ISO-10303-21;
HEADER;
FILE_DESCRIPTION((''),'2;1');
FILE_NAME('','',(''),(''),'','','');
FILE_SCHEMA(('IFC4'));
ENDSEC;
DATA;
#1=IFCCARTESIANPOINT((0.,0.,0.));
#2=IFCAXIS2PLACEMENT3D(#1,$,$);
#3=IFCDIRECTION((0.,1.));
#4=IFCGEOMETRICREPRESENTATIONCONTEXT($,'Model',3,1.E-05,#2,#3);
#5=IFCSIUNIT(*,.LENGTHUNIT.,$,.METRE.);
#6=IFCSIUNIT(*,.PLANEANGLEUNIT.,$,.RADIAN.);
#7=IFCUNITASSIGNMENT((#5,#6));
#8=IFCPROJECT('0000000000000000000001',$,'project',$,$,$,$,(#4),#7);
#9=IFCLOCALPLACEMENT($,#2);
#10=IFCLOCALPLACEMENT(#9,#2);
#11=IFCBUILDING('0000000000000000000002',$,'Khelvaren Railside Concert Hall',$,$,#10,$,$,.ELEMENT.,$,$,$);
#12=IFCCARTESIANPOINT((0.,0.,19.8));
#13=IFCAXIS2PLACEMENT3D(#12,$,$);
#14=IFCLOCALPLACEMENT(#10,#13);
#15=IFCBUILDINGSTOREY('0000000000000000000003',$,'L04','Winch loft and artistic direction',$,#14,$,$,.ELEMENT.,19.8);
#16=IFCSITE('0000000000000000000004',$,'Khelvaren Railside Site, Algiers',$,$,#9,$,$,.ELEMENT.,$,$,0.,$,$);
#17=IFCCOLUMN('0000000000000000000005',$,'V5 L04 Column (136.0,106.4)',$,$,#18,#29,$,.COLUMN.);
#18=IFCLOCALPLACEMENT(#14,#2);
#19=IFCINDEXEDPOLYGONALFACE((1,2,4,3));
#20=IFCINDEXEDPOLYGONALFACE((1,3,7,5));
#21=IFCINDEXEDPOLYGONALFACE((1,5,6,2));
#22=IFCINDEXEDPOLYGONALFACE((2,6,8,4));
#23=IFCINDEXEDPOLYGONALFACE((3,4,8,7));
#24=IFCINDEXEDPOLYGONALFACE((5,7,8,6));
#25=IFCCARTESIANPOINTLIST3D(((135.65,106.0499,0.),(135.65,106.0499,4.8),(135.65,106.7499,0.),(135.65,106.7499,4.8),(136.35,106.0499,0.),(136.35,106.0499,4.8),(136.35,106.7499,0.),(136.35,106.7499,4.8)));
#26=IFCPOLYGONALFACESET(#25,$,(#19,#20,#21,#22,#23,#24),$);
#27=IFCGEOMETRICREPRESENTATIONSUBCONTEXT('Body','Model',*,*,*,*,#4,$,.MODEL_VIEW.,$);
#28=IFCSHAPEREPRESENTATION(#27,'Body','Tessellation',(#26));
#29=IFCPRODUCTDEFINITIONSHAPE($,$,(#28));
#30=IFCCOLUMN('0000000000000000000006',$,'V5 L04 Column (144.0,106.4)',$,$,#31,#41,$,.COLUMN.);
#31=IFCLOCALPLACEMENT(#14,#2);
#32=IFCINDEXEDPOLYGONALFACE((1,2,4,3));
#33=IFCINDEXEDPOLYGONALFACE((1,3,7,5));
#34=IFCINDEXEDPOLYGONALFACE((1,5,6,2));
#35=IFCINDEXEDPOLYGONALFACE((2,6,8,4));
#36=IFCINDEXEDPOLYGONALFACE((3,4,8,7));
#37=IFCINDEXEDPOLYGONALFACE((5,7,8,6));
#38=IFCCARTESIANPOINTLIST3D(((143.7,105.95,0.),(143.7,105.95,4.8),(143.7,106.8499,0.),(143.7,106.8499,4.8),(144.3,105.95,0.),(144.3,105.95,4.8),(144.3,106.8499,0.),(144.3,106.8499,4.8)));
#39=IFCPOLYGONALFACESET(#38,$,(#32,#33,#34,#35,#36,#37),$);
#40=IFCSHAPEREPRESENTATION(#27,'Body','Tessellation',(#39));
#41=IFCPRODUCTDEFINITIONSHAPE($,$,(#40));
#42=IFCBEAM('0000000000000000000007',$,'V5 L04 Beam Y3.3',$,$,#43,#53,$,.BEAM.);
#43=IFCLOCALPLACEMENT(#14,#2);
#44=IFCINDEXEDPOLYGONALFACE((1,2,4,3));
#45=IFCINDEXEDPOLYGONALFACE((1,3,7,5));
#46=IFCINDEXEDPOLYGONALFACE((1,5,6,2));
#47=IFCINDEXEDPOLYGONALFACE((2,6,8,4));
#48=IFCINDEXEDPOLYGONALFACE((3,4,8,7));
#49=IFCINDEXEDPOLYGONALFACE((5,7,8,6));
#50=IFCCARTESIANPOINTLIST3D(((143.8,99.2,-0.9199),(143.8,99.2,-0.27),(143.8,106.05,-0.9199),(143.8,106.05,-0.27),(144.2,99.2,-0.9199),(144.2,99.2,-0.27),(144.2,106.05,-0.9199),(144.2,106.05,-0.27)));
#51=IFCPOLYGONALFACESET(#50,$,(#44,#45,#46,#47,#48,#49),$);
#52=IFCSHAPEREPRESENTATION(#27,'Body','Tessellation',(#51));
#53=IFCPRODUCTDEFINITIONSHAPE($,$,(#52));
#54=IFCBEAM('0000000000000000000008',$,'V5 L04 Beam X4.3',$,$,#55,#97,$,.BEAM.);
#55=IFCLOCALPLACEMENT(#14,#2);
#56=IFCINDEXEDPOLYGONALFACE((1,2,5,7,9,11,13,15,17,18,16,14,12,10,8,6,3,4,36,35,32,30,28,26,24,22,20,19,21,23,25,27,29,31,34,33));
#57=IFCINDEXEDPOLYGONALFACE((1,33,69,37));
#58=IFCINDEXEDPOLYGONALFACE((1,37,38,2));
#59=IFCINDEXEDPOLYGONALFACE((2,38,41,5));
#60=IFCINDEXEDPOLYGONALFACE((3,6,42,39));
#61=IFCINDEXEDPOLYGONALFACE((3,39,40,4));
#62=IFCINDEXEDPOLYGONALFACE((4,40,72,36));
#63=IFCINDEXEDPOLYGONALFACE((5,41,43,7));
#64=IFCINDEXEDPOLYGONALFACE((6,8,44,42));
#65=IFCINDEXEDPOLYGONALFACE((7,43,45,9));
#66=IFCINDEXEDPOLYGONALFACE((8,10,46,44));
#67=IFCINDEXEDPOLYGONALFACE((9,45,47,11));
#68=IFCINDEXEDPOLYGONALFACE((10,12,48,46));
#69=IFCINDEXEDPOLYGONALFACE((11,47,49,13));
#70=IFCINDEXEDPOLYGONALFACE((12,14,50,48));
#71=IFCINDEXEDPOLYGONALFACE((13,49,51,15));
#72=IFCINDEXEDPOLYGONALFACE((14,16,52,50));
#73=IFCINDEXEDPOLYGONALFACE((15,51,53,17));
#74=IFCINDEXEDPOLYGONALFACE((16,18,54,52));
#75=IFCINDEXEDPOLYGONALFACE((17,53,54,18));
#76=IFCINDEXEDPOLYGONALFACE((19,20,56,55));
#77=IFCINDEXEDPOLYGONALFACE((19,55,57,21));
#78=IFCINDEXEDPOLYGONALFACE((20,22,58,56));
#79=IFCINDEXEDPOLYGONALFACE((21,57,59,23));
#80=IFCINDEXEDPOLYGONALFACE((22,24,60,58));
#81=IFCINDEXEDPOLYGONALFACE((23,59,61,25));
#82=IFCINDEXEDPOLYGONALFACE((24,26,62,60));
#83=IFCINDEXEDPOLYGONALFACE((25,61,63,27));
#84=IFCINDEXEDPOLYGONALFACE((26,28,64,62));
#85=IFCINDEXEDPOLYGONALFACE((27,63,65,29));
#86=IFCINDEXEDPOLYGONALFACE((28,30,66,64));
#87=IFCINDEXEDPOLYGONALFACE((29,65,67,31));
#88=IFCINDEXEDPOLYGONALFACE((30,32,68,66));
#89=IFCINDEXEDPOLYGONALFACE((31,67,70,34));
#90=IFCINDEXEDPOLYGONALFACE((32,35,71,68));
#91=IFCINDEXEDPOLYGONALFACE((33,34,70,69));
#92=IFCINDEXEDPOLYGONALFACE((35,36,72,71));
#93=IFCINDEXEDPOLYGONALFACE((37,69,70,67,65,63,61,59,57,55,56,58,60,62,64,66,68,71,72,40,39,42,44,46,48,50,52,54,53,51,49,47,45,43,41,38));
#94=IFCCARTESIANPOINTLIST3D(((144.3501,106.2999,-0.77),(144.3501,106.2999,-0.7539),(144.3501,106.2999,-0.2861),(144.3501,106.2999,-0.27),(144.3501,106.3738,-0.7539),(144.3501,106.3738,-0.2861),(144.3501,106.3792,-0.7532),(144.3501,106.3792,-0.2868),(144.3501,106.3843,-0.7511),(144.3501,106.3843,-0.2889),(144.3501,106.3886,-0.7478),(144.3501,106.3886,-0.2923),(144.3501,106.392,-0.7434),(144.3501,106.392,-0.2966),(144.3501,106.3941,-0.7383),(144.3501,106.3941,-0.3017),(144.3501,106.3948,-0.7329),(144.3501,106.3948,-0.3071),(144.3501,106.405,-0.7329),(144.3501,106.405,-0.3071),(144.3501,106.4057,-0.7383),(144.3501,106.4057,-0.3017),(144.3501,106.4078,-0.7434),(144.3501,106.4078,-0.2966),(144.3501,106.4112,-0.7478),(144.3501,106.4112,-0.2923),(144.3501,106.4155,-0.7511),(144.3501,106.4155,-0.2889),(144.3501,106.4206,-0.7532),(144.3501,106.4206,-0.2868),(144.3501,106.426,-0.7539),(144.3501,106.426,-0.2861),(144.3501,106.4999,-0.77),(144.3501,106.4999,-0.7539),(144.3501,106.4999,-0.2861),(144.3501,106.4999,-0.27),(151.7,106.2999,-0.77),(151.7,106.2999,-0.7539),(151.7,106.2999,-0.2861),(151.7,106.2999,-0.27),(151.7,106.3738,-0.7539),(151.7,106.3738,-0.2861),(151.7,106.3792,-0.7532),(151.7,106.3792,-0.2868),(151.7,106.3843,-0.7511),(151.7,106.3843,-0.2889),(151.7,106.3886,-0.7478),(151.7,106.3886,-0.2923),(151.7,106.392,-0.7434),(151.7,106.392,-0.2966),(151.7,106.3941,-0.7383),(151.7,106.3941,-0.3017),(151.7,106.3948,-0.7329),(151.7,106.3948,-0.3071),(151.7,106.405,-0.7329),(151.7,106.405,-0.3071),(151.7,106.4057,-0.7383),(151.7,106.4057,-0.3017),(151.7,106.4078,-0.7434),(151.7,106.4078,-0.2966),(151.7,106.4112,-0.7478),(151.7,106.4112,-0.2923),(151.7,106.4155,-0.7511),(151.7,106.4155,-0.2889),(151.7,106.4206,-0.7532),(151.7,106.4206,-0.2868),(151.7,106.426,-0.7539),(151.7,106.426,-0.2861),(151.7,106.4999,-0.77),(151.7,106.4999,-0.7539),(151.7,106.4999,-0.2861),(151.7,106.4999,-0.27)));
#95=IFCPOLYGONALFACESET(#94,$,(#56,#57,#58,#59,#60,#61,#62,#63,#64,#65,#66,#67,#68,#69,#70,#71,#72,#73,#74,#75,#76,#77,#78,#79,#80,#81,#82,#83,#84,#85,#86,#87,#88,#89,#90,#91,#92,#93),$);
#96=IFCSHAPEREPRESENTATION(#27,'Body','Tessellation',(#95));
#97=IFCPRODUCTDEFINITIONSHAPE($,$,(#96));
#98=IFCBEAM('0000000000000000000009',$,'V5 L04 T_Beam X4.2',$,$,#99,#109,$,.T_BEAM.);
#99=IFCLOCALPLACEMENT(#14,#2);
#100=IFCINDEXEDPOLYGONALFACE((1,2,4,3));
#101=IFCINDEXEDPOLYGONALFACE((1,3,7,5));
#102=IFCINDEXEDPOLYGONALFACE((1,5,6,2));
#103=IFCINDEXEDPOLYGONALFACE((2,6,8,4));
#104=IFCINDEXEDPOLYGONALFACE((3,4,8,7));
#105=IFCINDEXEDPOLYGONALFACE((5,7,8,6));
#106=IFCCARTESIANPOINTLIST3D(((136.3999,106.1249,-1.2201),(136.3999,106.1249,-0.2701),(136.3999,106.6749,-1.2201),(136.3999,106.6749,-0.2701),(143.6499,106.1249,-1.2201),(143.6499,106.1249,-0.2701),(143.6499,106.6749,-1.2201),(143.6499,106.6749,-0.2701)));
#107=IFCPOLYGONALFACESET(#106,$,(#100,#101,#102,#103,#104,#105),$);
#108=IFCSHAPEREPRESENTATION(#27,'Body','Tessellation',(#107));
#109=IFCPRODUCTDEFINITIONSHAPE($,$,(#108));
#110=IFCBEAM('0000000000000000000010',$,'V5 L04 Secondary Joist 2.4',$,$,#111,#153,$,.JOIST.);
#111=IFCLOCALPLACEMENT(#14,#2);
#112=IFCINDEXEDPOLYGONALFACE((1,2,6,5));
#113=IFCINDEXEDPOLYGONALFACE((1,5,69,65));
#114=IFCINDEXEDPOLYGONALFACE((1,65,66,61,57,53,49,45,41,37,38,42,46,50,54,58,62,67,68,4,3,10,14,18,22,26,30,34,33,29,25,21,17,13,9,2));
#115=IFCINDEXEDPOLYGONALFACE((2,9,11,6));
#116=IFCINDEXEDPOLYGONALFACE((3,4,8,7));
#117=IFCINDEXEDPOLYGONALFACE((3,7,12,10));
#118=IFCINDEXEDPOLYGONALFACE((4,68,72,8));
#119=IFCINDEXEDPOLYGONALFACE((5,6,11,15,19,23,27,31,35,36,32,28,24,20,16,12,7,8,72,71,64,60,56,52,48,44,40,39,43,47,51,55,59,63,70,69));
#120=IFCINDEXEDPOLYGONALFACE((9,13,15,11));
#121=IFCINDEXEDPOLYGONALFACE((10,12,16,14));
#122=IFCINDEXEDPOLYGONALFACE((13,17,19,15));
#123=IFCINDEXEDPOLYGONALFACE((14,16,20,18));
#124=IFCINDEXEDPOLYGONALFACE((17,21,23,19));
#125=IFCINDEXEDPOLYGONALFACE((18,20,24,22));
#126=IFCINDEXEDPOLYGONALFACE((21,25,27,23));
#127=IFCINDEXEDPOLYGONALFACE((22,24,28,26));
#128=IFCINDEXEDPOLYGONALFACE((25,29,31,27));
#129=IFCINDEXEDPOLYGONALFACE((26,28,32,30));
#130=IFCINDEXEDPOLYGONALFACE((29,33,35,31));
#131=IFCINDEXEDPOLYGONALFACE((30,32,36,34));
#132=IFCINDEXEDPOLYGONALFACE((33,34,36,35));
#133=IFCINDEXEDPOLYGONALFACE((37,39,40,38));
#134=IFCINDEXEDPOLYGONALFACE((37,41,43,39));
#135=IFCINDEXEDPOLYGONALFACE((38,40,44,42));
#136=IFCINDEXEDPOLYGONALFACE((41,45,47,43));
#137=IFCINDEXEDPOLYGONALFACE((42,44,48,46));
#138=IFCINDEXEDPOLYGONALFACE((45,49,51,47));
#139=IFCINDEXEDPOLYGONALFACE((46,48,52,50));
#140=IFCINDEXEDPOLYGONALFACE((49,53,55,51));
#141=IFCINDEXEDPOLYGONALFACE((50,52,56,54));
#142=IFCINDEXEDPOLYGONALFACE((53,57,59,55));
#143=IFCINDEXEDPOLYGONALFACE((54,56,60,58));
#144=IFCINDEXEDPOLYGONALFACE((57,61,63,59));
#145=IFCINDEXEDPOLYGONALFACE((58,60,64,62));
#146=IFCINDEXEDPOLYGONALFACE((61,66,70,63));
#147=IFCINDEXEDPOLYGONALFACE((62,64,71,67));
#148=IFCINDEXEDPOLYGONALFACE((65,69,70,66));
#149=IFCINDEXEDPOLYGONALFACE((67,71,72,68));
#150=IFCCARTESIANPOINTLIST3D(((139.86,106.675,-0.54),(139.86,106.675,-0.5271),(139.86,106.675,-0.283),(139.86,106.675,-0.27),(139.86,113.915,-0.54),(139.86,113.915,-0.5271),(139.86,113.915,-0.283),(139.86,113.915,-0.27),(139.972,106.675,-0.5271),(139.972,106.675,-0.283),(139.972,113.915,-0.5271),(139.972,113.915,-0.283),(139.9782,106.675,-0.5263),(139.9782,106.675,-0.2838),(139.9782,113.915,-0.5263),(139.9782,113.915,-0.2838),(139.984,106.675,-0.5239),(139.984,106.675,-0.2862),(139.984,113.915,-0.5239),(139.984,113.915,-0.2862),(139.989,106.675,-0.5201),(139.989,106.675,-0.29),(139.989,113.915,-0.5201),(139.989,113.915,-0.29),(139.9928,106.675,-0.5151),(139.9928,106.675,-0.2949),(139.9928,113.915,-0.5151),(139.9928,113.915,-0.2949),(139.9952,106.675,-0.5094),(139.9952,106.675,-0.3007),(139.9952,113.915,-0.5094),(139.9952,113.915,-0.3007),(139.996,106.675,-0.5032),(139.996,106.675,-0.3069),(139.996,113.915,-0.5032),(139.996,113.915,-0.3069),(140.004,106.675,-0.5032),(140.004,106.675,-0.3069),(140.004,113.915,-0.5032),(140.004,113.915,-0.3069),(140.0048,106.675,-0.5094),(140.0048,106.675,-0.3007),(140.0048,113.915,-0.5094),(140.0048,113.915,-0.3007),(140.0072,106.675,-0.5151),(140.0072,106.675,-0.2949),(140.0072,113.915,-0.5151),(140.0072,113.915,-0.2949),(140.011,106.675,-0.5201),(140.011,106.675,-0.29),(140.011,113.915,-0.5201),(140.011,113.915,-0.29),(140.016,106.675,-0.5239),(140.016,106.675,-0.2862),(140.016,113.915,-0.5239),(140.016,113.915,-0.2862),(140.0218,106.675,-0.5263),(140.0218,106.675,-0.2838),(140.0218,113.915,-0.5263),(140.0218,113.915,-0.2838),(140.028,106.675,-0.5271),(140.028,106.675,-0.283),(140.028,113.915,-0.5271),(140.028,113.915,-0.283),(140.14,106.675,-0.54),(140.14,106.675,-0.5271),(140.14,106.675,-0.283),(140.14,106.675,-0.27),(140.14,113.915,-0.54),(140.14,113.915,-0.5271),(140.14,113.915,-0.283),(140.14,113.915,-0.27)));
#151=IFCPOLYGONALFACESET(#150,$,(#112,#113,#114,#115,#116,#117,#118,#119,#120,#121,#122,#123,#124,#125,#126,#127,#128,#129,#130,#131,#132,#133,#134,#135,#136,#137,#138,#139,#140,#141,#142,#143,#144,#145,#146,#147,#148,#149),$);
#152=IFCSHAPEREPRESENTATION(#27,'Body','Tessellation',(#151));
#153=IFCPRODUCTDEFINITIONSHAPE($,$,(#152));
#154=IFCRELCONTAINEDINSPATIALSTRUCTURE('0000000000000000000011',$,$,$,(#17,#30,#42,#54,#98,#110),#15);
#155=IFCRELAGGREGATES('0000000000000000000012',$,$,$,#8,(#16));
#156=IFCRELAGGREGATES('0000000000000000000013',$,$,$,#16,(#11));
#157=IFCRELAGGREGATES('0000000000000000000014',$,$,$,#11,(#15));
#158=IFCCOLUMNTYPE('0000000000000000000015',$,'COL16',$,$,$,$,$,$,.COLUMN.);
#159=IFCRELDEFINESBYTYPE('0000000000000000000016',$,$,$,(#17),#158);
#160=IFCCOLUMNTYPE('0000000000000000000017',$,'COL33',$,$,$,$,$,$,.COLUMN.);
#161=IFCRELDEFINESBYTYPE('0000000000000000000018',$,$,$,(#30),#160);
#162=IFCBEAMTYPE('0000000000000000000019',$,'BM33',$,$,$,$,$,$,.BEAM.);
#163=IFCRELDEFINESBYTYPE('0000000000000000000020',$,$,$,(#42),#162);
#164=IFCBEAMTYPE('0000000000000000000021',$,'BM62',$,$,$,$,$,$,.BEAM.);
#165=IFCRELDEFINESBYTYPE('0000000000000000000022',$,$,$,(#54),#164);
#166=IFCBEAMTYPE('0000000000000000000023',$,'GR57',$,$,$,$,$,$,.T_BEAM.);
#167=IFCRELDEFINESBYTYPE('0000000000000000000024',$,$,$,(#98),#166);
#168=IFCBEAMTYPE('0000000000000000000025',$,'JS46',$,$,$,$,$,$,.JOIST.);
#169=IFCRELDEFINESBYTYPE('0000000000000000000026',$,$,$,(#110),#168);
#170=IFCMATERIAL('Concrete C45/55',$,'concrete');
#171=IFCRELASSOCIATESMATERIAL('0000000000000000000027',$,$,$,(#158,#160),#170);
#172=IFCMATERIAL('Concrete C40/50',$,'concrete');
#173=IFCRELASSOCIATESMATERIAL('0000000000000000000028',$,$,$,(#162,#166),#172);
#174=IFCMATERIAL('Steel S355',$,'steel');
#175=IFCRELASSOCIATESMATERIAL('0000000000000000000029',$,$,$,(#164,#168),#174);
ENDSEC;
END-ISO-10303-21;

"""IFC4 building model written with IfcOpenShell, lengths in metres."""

from ifc_helpers import new_model, si_unit, direction, frame, origin, origin_2d, place, context, subcontext, project, spatial, rectangle, i_section, extrude, material, material_profile, profile_set, type_object, element, save


model = new_model("IFC4")

# Units and contexts
model_context = context("Model", 3, precision=1e-05, world=origin(), true_north=direction((0.0, 1.0)))
body_context = subcontext(model_context, "Body", "Model", "MODEL_VIEW")
ifc_project = project(units=[si_unit("LENGTHUNIT", "METRE"), si_unit("PLANEANGLEUNIT", "RADIAN")], contexts=[model_context])

# Site, building, storey
site_placement = place(None, origin())
site = spatial("IfcSite", under=ifc_project, at=site_placement, Name="Khelvaren Railside Site, Algiers", CompositionType="ELEMENT", RefElevation=0.0)
building_placement = place(site_placement, origin())
building = spatial("IfcBuilding", under=site, at=building_placement, Name="Khelvaren Railside Concert Hall", CompositionType="ELEMENT")
storey_placement = place(building_placement, frame((0.0, 0.0, 19.8)))
storey = spatial("IfcBuildingStorey", under=building, at=storey_placement, Name="L04", Description="Winch loft and artistic direction", CompositionType="ELEMENT", Elevation=19.8)

# Columns
ifc_material_1 = material(Name="Concrete C45/55", Category="concrete")
ifc_material_profile_1 = material_profile(ifc_material_1, rectangle(XDim=0.7, YDim=0.7, at=origin_2d()), Name="RC 700x700")
ifc_profile_set_1 = profile_set([ifc_material_profile_1], Name="Concrete C45/55")
column_type_1 = type_object("IfcColumnType", Name="COL16", PredefinedType="COLUMN", material=ifc_profile_set_1)
column_1_placement = place(storey_placement, frame((136.0, 106.3999, 0.0), z_axis=(0.0, 0.0, 1.0), x_axis=(1.0, 0.0, 0.0)))
element("IfcColumn", 1, at=column_1_placement, inside=storey, type_object=column_type_1, Name="V5 L04 Column (136.0,106.4)", PredefinedType="COLUMN", context=body_context, shape_type="SweptSolid", body=[
    extrude(rectangle(XDim=0.7, YDim=0.7, at=origin_2d()), origin(), (0.0, 0.0, 1.0), 4.8),
])
ifc_material_profile_2 = material_profile(ifc_material_1, rectangle(XDim=0.6001, YDim=0.8999, at=origin_2d()), Name="RC 600x900")
ifc_profile_set_2 = profile_set([ifc_material_profile_2], Name="Concrete C45/55")
column_type_2 = type_object("IfcColumnType", Name="COL33", PredefinedType="COLUMN", material=ifc_profile_set_2)
column_2_placement = place(storey_placement, frame((144.0, 106.3999, 0.0), z_axis=(0.0, 0.0, 1.0), x_axis=(1.0, 0.0, 0.0)))
element("IfcColumn", 2, at=column_2_placement, inside=storey, type_object=column_type_2, Name="V5 L04 Column (144.0,106.4)", PredefinedType="COLUMN", context=body_context, shape_type="SweptSolid", body=[
    extrude(rectangle(XDim=0.6001, YDim=0.8999, at=origin_2d()), origin(), (0.0, 0.0, 1.0), 4.8),
])

# Beams
ifc_material_2 = material(Name="Concrete C40/50", Category="concrete")
ifc_material_profile_3 = material_profile(ifc_material_2, rectangle(XDim=0.3999, YDim=0.6499, at=origin_2d()), Name="RCB 400x650")
ifc_profile_set_3 = profile_set([ifc_material_profile_3], Name="Concrete C40/50")
beam_type_1 = type_object("IfcBeamType", Name="BM33", PredefinedType="BEAM", material=ifc_profile_set_3)
beam_1_placement = place(storey_placement, frame((144.0, 99.2, -0.595), z_axis=(0.0, 1.0, 0.0), x_axis=(-1.0, 0.0, 0.0)))
element("IfcBeam", 3, at=beam_1_placement, inside=storey, type_object=beam_type_1, Name="V5 L04 Beam Y3.3", PredefinedType="BEAM", context=body_context, shape_type="SweptSolid", body=[
    extrude(rectangle(XDim=0.3999, YDim=0.6499, at=origin_2d()), origin(), (0.0, 0.0, 1.0), 6.8501),
])
ifc_material_3 = material(Name="Steel S355", Category="steel")
ifc_material_profile_4 = material_profile(ifc_material_3, i_section(OverallWidth=0.2, OverallDepth=0.5, WebThickness=0.0103, FlangeThickness=0.0161, FilletRadius=0.021, at=origin_2d()), Name="IPE 500")
ifc_profile_set_4 = profile_set([ifc_material_profile_4], Name="Steel S355")
beam_type_2 = type_object("IfcBeamType", Name="BM62", PredefinedType="BEAM", material=ifc_profile_set_4)
beam_2_placement = place(storey_placement, frame((144.3501, 106.3999, -0.52), z_axis=(1.0, 0.0, 0.0), x_axis=(0.0, 1.0, 0.0)))
element("IfcBeam", 4, at=beam_2_placement, inside=storey, type_object=beam_type_2, Name="V5 L04 Beam X4.3", PredefinedType="BEAM", context=body_context, shape_type="SweptSolid", body=[
    extrude(i_section(OverallWidth=0.2, OverallDepth=0.5, WebThickness=0.0103, FlangeThickness=0.0161, FilletRadius=0.021, at=origin_2d()), origin(), (0.0, 0.0, 1.0), 7.3499),
])
ifc_material_profile_5 = material_profile(ifc_material_2, rectangle(XDim=0.55, YDim=0.95, at=origin_2d()), Name="RCB 550x950")
ifc_profile_set_5 = profile_set([ifc_material_profile_5], Name="Concrete C40/50")
beam_type_3 = type_object("IfcBeamType", Name="GR57", PredefinedType="T_BEAM", material=ifc_profile_set_5)
beam_3_placement = place(storey_placement, frame((136.3999, 106.3999, -0.7451), z_axis=(1.0, 0.0, 0.0), x_axis=(0.0, 1.0, 0.0)))
element("IfcBeam", 5, at=beam_3_placement, inside=storey, type_object=beam_type_3, Name="V5 L04 T_Beam X4.2", PredefinedType="T_BEAM", context=body_context, shape_type="SweptSolid", body=[
    extrude(rectangle(XDim=0.55, YDim=0.95, at=origin_2d()), origin(), (0.0, 0.0, 1.0), 7.25),
])
ifc_material_profile_6 = material_profile(ifc_material_3, i_section(OverallWidth=0.28, OverallDepth=0.27, WebThickness=0.0081, FlangeThickness=0.0129, FilletRadius=0.0239, at=origin_2d()), Name="HEA 280")
ifc_profile_set_6 = profile_set([ifc_material_profile_6], Name="Steel S355")
beam_type_4 = type_object("IfcBeamType", Name="JS46", PredefinedType="JOIST", material=ifc_profile_set_6)
beam_4_placement = place(storey_placement, frame((140.0, 106.675, -0.405), z_axis=(0.0, 1.0, 0.0), x_axis=(-1.0, 0.0, 0.0)))
element("IfcBeam", 6, at=beam_4_placement, inside=storey, type_object=beam_type_4, Name="V5 L04 Secondary Joist 2.4", PredefinedType="JOIST", context=body_context, shape_type="SweptSolid", body=[
    extrude(i_section(OverallWidth=0.28, OverallDepth=0.27, WebThickness=0.0081, FlangeThickness=0.0129, FilletRadius=0.0239, at=origin_2d()), origin(), (0.0, 0.0, 1.0), 7.24),
])

save(model, "model.ifc")
